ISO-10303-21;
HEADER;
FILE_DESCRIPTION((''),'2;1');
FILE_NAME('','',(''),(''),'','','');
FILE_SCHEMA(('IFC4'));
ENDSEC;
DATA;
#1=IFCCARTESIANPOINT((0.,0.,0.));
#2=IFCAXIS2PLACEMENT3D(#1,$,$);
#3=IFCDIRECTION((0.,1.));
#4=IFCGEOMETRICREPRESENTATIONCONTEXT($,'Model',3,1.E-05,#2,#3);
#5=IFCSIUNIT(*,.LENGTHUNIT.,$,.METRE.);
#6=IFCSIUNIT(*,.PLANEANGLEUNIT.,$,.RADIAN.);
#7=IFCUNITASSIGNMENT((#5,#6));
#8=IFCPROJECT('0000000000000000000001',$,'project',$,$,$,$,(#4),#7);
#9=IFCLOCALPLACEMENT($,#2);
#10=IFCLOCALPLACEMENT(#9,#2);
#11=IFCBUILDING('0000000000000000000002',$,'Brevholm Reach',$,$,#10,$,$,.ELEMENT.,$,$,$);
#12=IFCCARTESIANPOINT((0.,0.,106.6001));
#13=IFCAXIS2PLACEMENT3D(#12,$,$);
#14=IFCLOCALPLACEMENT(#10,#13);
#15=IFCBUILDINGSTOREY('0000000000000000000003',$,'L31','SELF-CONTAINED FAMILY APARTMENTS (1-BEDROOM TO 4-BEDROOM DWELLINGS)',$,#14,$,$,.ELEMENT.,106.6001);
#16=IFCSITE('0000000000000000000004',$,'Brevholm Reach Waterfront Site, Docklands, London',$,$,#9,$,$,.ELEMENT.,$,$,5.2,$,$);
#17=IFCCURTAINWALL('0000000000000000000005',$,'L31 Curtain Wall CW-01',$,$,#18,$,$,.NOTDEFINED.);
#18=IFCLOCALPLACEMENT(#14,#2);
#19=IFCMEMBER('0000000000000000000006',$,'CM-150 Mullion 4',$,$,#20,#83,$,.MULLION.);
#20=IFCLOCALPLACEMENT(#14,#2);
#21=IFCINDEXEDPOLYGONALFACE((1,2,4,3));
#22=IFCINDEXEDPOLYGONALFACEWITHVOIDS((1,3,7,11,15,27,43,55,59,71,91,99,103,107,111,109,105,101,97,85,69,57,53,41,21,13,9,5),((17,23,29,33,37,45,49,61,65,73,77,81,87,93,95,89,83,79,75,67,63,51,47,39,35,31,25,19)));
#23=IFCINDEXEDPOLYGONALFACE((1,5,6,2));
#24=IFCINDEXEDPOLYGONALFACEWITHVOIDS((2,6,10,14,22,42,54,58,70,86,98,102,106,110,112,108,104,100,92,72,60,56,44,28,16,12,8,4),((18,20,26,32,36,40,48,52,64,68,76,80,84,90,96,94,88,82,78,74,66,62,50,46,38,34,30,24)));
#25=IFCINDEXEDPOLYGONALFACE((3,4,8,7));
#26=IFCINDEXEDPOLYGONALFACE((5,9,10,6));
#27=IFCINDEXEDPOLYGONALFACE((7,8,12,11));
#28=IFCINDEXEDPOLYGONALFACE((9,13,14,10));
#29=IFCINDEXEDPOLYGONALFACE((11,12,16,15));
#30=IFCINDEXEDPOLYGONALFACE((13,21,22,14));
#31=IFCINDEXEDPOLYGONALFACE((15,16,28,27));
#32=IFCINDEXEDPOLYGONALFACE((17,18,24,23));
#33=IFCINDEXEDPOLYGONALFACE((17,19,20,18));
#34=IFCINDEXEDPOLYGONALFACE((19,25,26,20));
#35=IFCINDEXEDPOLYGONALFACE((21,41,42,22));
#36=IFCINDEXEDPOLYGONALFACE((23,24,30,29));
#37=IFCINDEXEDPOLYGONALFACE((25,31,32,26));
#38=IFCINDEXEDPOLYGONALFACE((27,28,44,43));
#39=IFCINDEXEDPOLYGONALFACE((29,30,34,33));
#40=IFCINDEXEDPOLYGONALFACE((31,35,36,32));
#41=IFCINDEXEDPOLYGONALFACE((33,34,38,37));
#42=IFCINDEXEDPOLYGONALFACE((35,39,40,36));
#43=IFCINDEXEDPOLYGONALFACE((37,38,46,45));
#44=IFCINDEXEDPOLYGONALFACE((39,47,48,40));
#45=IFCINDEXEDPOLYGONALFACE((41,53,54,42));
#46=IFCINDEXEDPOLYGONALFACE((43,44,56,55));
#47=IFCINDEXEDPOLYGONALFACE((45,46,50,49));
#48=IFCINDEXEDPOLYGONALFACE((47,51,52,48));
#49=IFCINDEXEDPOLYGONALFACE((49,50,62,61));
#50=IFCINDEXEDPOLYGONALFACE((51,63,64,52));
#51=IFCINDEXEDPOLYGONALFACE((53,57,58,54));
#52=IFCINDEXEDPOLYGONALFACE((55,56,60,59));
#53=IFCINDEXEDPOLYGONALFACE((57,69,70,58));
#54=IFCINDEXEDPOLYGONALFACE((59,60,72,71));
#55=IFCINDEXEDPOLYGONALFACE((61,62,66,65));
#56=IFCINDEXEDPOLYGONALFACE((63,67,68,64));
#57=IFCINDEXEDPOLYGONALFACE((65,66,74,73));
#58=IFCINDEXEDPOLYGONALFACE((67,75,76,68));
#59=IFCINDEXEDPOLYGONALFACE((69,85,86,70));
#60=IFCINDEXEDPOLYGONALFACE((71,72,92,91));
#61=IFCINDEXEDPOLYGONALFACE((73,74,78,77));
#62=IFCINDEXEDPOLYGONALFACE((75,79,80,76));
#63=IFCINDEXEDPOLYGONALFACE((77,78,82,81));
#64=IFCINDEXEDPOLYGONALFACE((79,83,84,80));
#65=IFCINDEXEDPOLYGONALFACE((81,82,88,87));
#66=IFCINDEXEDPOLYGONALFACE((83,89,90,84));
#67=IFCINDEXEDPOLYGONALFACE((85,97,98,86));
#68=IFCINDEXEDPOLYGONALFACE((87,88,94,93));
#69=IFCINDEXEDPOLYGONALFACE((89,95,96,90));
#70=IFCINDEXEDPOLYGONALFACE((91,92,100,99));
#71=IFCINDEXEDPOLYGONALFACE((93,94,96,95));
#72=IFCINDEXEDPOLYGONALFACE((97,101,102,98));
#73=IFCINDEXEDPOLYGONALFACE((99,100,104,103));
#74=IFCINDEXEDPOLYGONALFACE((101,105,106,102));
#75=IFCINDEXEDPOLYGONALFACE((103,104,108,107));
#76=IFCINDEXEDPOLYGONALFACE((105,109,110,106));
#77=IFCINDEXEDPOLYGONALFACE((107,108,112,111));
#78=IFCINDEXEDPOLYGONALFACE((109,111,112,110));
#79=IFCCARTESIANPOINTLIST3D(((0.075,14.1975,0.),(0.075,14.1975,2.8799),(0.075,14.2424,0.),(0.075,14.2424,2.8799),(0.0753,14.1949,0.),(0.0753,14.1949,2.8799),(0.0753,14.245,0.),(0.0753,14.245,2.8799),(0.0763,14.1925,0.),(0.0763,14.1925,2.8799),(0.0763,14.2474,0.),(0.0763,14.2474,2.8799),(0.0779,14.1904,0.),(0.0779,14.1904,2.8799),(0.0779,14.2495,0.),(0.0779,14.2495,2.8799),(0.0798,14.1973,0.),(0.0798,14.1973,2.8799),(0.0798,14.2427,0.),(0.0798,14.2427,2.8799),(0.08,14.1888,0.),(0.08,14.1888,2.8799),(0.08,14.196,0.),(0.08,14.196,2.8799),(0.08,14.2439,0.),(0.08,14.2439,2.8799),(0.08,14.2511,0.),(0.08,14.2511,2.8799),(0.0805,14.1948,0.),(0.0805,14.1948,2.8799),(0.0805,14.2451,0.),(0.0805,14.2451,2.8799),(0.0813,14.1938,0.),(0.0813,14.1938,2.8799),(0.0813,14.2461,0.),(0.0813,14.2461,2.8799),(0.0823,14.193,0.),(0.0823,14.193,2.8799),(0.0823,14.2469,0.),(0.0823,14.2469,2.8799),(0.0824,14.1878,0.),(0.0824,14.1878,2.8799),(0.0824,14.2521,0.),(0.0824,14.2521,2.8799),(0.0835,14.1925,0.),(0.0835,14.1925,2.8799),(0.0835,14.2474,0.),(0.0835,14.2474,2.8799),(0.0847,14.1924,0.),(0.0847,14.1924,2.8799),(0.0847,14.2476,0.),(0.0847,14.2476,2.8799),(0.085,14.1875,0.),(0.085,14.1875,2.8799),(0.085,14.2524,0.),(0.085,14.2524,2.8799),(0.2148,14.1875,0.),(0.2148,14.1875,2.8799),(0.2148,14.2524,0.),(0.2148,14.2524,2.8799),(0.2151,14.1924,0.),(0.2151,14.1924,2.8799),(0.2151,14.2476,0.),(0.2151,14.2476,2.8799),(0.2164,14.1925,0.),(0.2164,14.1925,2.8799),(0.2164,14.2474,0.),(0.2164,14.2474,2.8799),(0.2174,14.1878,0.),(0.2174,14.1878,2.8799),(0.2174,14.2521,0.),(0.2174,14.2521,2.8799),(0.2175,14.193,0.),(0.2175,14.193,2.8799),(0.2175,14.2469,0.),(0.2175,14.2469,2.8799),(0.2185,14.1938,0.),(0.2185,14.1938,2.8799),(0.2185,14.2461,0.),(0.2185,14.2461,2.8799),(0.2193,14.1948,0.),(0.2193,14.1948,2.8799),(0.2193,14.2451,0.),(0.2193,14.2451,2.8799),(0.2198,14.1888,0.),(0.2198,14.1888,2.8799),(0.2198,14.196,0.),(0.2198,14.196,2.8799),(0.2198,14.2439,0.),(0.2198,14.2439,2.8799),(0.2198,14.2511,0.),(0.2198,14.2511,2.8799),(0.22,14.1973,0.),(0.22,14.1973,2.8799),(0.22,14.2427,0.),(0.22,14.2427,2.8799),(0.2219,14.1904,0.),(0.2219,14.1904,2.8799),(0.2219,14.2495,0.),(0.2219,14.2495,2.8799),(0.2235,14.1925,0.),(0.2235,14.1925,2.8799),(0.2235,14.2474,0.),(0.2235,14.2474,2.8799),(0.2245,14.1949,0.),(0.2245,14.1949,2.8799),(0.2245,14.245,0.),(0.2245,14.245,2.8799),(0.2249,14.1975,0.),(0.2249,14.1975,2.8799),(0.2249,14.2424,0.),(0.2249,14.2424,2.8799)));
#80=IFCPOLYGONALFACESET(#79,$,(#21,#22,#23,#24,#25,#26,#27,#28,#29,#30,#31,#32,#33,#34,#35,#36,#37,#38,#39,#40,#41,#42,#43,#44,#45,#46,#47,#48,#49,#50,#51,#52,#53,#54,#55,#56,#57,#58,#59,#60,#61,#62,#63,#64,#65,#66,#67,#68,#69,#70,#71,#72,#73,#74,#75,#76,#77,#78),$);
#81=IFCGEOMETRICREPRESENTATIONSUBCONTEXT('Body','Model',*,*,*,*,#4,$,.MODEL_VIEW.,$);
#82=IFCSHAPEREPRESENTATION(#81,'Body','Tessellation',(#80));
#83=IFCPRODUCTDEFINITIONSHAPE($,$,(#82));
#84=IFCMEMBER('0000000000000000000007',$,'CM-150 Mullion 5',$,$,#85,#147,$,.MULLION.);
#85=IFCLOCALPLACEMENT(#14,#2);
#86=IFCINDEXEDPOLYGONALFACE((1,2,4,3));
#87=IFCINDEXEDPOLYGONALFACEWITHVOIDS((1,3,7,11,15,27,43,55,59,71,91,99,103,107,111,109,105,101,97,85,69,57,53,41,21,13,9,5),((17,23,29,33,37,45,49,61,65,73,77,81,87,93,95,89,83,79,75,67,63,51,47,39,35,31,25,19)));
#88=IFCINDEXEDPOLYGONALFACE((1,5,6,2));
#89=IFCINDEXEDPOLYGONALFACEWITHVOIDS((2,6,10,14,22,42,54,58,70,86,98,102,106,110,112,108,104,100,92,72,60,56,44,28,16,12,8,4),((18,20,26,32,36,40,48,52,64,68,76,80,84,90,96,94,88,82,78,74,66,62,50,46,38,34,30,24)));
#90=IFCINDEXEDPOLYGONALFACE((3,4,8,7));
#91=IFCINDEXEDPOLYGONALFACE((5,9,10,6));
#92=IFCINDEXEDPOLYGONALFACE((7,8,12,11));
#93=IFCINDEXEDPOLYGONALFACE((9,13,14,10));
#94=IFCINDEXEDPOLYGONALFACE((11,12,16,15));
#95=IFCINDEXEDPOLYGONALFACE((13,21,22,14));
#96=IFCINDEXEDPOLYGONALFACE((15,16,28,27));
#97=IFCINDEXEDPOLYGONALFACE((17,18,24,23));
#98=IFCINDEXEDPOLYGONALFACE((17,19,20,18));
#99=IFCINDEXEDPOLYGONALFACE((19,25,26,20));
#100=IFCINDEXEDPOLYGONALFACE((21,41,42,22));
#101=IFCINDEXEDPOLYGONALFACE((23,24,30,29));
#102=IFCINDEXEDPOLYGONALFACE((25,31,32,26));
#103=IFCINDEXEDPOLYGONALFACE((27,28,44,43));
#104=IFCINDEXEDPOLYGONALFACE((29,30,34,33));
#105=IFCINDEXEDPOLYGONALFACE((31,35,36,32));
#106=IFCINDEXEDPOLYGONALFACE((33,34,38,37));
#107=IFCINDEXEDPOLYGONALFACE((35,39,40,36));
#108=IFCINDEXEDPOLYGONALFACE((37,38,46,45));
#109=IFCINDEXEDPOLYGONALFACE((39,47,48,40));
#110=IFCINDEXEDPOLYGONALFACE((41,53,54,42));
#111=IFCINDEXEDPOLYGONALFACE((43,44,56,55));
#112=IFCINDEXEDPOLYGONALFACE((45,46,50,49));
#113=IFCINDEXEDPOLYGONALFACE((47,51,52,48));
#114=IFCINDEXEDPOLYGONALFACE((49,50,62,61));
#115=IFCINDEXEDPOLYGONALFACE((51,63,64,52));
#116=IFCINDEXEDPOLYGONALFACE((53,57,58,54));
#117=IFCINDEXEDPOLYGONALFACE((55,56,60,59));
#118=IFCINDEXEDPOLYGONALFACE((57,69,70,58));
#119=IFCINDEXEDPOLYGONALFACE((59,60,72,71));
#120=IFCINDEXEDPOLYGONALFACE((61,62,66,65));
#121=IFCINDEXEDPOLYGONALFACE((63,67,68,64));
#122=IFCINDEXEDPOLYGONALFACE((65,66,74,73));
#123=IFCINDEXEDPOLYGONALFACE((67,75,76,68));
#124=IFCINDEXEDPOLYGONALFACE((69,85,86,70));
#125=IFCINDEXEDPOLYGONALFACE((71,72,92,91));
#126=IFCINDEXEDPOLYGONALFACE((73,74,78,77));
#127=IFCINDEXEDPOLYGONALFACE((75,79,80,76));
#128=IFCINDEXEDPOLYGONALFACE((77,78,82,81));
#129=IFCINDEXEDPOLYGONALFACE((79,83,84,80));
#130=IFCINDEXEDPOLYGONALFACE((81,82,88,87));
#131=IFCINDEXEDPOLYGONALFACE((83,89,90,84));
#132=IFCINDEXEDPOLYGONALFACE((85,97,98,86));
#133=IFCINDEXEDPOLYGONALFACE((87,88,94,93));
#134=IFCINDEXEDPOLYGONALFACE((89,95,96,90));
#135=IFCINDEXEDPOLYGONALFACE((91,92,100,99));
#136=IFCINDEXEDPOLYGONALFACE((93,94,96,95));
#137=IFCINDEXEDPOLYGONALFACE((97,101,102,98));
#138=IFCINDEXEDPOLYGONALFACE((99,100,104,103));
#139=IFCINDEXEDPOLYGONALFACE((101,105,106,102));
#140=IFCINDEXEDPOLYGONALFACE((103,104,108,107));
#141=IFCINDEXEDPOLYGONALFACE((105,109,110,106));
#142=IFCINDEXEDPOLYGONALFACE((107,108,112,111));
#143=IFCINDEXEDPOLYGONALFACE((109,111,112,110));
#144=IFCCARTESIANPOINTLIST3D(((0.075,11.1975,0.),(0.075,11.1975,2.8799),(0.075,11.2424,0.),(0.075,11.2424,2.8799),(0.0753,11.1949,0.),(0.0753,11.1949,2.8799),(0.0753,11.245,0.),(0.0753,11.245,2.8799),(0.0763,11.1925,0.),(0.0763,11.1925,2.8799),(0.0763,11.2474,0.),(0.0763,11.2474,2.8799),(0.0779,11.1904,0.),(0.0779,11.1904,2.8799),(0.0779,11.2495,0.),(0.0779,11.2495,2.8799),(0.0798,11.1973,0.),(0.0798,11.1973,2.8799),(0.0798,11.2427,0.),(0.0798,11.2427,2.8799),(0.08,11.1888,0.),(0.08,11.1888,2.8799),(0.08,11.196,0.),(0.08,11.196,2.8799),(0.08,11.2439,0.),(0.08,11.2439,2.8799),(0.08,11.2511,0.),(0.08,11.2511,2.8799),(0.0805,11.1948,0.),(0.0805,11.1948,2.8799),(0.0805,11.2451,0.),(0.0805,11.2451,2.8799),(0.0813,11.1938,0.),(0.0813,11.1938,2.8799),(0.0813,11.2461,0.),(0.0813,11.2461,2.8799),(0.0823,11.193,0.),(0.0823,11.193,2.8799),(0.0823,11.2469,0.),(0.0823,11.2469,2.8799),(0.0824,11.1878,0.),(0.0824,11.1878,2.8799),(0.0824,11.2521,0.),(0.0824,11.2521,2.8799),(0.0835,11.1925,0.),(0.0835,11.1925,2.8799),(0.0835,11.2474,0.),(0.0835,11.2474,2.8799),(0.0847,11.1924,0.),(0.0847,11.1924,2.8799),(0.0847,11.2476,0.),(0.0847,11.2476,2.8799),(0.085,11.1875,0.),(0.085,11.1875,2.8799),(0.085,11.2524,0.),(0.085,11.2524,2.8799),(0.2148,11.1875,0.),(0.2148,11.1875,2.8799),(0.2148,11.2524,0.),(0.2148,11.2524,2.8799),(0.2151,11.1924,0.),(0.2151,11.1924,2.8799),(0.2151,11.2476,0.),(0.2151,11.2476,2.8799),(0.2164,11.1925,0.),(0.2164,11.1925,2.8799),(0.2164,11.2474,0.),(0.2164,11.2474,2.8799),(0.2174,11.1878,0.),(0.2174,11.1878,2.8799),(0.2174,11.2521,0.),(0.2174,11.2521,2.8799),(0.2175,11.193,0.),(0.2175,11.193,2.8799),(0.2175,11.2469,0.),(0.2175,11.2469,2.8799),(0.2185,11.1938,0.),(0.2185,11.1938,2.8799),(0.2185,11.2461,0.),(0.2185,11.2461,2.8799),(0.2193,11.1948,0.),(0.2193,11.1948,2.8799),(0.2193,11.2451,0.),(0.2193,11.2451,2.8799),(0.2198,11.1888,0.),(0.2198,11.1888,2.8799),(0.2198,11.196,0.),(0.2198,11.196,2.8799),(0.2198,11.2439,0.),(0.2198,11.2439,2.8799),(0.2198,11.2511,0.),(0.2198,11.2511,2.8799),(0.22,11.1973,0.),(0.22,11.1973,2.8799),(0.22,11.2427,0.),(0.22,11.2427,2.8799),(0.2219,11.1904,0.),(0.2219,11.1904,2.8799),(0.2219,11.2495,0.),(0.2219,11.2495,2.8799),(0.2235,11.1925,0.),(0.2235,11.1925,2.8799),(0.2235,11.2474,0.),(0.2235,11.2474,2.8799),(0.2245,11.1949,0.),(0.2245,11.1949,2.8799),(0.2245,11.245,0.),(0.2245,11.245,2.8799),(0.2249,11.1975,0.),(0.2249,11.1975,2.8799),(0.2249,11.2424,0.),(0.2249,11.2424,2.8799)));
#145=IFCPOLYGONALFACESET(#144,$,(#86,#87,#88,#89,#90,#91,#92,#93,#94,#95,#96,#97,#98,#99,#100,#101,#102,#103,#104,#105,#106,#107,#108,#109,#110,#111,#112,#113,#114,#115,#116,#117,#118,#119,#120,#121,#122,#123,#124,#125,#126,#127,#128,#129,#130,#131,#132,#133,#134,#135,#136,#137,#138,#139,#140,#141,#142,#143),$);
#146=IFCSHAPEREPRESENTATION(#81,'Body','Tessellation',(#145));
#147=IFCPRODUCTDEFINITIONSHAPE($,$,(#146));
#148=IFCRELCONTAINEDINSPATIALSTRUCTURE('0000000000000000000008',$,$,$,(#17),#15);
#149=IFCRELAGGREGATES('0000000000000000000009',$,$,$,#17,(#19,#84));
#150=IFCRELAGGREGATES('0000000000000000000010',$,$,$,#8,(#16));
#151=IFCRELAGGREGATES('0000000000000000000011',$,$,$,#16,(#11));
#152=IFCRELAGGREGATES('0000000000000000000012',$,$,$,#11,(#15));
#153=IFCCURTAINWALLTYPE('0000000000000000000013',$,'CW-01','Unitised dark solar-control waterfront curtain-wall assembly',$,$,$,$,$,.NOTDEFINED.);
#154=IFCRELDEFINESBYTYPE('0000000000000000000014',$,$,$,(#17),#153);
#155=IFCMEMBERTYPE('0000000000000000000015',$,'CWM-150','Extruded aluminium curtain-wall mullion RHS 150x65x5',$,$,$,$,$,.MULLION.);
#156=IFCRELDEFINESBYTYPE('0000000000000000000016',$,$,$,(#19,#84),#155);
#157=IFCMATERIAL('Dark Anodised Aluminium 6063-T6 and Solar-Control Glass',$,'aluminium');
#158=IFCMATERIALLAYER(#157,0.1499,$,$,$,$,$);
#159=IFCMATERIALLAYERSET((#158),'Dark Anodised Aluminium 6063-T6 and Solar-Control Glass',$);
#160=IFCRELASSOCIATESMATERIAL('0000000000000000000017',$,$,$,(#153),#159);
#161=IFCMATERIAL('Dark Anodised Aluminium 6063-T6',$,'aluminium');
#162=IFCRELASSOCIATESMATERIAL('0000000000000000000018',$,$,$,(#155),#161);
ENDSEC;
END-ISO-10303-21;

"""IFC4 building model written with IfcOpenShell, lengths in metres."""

from ifc_helpers import new_model, si_unit, direction, frame, origin, origin_2d, place, context, subcontext, project, spatial, hollow_rectangle, extrude, material, layer, layer_set, material_profile, profile_set, type_object, element, aggregate, save


model = new_model("IFC4")

# Units and contexts
model_context = context("Model", 3, precision=1e-05, world=origin(), true_north=direction((0.0, 1.0)))
body_context = subcontext(model_context, "Body", "Model", "MODEL_VIEW")
ifc_project = project(units=[si_unit("LENGTHUNIT", "METRE"), si_unit("PLANEANGLEUNIT", "RADIAN")], contexts=[model_context])

# Site, building, storey
site_placement = place(None, origin())
site = spatial("IfcSite", under=ifc_project, at=site_placement, Name="Brevholm Reach Waterfront Site, Docklands, London", CompositionType="ELEMENT", RefElevation=5.2)
building_placement = place(site_placement, origin())
building = spatial("IfcBuilding", under=site, at=building_placement, Name="Brevholm Reach", CompositionType="ELEMENT")
storey_placement = place(building_placement, frame((0.0, 0.0, 106.6001)))
storey = spatial("IfcBuildingStorey", under=building, at=storey_placement, Name="L31", Description="SELF-CONTAINED FAMILY APARTMENTS (1-BEDROOM TO 4-BEDROOM DWELLINGS)", CompositionType="ELEMENT", Elevation=106.6001)

# Curtain wall, members
ifc_material_1 = material(Name="Dark Anodised Aluminium 6063-T6 and Solar-Control Glass", Category="aluminium")
ifc_layer_1 = layer(ifc_material_1, 0.1499)
ifc_layer_set_1 = layer_set([ifc_layer_1], Name="Dark Anodised Aluminium 6063-T6 and Solar-Control Glass")
curtain_wall_type = type_object("IfcCurtainWallType", Name="CW-01", Description="Unitised dark solar-control waterfront curtain-wall assembly", PredefinedType="NOTDEFINED", material=ifc_layer_set_1)
curtain_wall_placement = place(storey_placement, origin())
curtain_wall = element("IfcCurtainWall", 1, at=curtain_wall_placement, inside=storey, type_object=curtain_wall_type, Name="L31 Curtain Wall CW-01", PredefinedType="NOTDEFINED")
ifc_material_2 = material(Name="Dark Anodised Aluminium 6063-T6", Category="aluminium")
ifc_material_profile_1 = material_profile(ifc_material_2, hollow_rectangle(XDim=0.0649, YDim=0.1499, WallThickness=0.0049, InnerFilletRadius=0.0049, OuterFilletRadius=0.01, at=origin_2d()), Name="RHS 150x65x5")
ifc_profile_set_1 = profile_set([ifc_material_profile_1], Name="Dark Anodised Aluminium 6063-T6")
member_type_1 = type_object("IfcMemberType", Name="CWM-150", Description="Extruded aluminium curtain-wall mullion RHS 150x65x5", PredefinedType="MULLION", material=ifc_profile_set_1)
member_1_placement = place(storey_placement, frame((0.1499, 14.22, 0.0), z_axis=(0.0, 0.0, 1.0), x_axis=(0.0, -1.0, 0.0)))
member_1 = element("IfcMember", 2, at=member_1_placement, type_object=member_type_1, Name="CM-150 Mullion 4", PredefinedType="MULLION", context=body_context, shape_type="SweptSolid", body=[
    extrude(hollow_rectangle(XDim=0.0649, YDim=0.1499, WallThickness=0.0049, InnerFilletRadius=0.0049, OuterFilletRadius=0.01, at=origin_2d()), origin(), (0.0, 0.0, 1.0), 2.8799),
])
member_2_placement = place(storey_placement, frame((0.1499, 11.22, 0.0), z_axis=(0.0, 0.0, 1.0), x_axis=(0.0, -1.0, 0.0)))
member_2 = element("IfcMember", 3, at=member_2_placement, type_object=member_type_1, Name="CM-150 Mullion 5", PredefinedType="MULLION", context=body_context, shape_type="SweptSolid", body=[
    extrude(hollow_rectangle(XDim=0.0649, YDim=0.1499, WallThickness=0.0049, InnerFilletRadius=0.0049, OuterFilletRadius=0.01, at=origin_2d()), origin(), (0.0, 0.0, 1.0), 2.8799),
])
aggregate(curtain_wall, [member_1, member_2])

save(model, "model.ifc")
